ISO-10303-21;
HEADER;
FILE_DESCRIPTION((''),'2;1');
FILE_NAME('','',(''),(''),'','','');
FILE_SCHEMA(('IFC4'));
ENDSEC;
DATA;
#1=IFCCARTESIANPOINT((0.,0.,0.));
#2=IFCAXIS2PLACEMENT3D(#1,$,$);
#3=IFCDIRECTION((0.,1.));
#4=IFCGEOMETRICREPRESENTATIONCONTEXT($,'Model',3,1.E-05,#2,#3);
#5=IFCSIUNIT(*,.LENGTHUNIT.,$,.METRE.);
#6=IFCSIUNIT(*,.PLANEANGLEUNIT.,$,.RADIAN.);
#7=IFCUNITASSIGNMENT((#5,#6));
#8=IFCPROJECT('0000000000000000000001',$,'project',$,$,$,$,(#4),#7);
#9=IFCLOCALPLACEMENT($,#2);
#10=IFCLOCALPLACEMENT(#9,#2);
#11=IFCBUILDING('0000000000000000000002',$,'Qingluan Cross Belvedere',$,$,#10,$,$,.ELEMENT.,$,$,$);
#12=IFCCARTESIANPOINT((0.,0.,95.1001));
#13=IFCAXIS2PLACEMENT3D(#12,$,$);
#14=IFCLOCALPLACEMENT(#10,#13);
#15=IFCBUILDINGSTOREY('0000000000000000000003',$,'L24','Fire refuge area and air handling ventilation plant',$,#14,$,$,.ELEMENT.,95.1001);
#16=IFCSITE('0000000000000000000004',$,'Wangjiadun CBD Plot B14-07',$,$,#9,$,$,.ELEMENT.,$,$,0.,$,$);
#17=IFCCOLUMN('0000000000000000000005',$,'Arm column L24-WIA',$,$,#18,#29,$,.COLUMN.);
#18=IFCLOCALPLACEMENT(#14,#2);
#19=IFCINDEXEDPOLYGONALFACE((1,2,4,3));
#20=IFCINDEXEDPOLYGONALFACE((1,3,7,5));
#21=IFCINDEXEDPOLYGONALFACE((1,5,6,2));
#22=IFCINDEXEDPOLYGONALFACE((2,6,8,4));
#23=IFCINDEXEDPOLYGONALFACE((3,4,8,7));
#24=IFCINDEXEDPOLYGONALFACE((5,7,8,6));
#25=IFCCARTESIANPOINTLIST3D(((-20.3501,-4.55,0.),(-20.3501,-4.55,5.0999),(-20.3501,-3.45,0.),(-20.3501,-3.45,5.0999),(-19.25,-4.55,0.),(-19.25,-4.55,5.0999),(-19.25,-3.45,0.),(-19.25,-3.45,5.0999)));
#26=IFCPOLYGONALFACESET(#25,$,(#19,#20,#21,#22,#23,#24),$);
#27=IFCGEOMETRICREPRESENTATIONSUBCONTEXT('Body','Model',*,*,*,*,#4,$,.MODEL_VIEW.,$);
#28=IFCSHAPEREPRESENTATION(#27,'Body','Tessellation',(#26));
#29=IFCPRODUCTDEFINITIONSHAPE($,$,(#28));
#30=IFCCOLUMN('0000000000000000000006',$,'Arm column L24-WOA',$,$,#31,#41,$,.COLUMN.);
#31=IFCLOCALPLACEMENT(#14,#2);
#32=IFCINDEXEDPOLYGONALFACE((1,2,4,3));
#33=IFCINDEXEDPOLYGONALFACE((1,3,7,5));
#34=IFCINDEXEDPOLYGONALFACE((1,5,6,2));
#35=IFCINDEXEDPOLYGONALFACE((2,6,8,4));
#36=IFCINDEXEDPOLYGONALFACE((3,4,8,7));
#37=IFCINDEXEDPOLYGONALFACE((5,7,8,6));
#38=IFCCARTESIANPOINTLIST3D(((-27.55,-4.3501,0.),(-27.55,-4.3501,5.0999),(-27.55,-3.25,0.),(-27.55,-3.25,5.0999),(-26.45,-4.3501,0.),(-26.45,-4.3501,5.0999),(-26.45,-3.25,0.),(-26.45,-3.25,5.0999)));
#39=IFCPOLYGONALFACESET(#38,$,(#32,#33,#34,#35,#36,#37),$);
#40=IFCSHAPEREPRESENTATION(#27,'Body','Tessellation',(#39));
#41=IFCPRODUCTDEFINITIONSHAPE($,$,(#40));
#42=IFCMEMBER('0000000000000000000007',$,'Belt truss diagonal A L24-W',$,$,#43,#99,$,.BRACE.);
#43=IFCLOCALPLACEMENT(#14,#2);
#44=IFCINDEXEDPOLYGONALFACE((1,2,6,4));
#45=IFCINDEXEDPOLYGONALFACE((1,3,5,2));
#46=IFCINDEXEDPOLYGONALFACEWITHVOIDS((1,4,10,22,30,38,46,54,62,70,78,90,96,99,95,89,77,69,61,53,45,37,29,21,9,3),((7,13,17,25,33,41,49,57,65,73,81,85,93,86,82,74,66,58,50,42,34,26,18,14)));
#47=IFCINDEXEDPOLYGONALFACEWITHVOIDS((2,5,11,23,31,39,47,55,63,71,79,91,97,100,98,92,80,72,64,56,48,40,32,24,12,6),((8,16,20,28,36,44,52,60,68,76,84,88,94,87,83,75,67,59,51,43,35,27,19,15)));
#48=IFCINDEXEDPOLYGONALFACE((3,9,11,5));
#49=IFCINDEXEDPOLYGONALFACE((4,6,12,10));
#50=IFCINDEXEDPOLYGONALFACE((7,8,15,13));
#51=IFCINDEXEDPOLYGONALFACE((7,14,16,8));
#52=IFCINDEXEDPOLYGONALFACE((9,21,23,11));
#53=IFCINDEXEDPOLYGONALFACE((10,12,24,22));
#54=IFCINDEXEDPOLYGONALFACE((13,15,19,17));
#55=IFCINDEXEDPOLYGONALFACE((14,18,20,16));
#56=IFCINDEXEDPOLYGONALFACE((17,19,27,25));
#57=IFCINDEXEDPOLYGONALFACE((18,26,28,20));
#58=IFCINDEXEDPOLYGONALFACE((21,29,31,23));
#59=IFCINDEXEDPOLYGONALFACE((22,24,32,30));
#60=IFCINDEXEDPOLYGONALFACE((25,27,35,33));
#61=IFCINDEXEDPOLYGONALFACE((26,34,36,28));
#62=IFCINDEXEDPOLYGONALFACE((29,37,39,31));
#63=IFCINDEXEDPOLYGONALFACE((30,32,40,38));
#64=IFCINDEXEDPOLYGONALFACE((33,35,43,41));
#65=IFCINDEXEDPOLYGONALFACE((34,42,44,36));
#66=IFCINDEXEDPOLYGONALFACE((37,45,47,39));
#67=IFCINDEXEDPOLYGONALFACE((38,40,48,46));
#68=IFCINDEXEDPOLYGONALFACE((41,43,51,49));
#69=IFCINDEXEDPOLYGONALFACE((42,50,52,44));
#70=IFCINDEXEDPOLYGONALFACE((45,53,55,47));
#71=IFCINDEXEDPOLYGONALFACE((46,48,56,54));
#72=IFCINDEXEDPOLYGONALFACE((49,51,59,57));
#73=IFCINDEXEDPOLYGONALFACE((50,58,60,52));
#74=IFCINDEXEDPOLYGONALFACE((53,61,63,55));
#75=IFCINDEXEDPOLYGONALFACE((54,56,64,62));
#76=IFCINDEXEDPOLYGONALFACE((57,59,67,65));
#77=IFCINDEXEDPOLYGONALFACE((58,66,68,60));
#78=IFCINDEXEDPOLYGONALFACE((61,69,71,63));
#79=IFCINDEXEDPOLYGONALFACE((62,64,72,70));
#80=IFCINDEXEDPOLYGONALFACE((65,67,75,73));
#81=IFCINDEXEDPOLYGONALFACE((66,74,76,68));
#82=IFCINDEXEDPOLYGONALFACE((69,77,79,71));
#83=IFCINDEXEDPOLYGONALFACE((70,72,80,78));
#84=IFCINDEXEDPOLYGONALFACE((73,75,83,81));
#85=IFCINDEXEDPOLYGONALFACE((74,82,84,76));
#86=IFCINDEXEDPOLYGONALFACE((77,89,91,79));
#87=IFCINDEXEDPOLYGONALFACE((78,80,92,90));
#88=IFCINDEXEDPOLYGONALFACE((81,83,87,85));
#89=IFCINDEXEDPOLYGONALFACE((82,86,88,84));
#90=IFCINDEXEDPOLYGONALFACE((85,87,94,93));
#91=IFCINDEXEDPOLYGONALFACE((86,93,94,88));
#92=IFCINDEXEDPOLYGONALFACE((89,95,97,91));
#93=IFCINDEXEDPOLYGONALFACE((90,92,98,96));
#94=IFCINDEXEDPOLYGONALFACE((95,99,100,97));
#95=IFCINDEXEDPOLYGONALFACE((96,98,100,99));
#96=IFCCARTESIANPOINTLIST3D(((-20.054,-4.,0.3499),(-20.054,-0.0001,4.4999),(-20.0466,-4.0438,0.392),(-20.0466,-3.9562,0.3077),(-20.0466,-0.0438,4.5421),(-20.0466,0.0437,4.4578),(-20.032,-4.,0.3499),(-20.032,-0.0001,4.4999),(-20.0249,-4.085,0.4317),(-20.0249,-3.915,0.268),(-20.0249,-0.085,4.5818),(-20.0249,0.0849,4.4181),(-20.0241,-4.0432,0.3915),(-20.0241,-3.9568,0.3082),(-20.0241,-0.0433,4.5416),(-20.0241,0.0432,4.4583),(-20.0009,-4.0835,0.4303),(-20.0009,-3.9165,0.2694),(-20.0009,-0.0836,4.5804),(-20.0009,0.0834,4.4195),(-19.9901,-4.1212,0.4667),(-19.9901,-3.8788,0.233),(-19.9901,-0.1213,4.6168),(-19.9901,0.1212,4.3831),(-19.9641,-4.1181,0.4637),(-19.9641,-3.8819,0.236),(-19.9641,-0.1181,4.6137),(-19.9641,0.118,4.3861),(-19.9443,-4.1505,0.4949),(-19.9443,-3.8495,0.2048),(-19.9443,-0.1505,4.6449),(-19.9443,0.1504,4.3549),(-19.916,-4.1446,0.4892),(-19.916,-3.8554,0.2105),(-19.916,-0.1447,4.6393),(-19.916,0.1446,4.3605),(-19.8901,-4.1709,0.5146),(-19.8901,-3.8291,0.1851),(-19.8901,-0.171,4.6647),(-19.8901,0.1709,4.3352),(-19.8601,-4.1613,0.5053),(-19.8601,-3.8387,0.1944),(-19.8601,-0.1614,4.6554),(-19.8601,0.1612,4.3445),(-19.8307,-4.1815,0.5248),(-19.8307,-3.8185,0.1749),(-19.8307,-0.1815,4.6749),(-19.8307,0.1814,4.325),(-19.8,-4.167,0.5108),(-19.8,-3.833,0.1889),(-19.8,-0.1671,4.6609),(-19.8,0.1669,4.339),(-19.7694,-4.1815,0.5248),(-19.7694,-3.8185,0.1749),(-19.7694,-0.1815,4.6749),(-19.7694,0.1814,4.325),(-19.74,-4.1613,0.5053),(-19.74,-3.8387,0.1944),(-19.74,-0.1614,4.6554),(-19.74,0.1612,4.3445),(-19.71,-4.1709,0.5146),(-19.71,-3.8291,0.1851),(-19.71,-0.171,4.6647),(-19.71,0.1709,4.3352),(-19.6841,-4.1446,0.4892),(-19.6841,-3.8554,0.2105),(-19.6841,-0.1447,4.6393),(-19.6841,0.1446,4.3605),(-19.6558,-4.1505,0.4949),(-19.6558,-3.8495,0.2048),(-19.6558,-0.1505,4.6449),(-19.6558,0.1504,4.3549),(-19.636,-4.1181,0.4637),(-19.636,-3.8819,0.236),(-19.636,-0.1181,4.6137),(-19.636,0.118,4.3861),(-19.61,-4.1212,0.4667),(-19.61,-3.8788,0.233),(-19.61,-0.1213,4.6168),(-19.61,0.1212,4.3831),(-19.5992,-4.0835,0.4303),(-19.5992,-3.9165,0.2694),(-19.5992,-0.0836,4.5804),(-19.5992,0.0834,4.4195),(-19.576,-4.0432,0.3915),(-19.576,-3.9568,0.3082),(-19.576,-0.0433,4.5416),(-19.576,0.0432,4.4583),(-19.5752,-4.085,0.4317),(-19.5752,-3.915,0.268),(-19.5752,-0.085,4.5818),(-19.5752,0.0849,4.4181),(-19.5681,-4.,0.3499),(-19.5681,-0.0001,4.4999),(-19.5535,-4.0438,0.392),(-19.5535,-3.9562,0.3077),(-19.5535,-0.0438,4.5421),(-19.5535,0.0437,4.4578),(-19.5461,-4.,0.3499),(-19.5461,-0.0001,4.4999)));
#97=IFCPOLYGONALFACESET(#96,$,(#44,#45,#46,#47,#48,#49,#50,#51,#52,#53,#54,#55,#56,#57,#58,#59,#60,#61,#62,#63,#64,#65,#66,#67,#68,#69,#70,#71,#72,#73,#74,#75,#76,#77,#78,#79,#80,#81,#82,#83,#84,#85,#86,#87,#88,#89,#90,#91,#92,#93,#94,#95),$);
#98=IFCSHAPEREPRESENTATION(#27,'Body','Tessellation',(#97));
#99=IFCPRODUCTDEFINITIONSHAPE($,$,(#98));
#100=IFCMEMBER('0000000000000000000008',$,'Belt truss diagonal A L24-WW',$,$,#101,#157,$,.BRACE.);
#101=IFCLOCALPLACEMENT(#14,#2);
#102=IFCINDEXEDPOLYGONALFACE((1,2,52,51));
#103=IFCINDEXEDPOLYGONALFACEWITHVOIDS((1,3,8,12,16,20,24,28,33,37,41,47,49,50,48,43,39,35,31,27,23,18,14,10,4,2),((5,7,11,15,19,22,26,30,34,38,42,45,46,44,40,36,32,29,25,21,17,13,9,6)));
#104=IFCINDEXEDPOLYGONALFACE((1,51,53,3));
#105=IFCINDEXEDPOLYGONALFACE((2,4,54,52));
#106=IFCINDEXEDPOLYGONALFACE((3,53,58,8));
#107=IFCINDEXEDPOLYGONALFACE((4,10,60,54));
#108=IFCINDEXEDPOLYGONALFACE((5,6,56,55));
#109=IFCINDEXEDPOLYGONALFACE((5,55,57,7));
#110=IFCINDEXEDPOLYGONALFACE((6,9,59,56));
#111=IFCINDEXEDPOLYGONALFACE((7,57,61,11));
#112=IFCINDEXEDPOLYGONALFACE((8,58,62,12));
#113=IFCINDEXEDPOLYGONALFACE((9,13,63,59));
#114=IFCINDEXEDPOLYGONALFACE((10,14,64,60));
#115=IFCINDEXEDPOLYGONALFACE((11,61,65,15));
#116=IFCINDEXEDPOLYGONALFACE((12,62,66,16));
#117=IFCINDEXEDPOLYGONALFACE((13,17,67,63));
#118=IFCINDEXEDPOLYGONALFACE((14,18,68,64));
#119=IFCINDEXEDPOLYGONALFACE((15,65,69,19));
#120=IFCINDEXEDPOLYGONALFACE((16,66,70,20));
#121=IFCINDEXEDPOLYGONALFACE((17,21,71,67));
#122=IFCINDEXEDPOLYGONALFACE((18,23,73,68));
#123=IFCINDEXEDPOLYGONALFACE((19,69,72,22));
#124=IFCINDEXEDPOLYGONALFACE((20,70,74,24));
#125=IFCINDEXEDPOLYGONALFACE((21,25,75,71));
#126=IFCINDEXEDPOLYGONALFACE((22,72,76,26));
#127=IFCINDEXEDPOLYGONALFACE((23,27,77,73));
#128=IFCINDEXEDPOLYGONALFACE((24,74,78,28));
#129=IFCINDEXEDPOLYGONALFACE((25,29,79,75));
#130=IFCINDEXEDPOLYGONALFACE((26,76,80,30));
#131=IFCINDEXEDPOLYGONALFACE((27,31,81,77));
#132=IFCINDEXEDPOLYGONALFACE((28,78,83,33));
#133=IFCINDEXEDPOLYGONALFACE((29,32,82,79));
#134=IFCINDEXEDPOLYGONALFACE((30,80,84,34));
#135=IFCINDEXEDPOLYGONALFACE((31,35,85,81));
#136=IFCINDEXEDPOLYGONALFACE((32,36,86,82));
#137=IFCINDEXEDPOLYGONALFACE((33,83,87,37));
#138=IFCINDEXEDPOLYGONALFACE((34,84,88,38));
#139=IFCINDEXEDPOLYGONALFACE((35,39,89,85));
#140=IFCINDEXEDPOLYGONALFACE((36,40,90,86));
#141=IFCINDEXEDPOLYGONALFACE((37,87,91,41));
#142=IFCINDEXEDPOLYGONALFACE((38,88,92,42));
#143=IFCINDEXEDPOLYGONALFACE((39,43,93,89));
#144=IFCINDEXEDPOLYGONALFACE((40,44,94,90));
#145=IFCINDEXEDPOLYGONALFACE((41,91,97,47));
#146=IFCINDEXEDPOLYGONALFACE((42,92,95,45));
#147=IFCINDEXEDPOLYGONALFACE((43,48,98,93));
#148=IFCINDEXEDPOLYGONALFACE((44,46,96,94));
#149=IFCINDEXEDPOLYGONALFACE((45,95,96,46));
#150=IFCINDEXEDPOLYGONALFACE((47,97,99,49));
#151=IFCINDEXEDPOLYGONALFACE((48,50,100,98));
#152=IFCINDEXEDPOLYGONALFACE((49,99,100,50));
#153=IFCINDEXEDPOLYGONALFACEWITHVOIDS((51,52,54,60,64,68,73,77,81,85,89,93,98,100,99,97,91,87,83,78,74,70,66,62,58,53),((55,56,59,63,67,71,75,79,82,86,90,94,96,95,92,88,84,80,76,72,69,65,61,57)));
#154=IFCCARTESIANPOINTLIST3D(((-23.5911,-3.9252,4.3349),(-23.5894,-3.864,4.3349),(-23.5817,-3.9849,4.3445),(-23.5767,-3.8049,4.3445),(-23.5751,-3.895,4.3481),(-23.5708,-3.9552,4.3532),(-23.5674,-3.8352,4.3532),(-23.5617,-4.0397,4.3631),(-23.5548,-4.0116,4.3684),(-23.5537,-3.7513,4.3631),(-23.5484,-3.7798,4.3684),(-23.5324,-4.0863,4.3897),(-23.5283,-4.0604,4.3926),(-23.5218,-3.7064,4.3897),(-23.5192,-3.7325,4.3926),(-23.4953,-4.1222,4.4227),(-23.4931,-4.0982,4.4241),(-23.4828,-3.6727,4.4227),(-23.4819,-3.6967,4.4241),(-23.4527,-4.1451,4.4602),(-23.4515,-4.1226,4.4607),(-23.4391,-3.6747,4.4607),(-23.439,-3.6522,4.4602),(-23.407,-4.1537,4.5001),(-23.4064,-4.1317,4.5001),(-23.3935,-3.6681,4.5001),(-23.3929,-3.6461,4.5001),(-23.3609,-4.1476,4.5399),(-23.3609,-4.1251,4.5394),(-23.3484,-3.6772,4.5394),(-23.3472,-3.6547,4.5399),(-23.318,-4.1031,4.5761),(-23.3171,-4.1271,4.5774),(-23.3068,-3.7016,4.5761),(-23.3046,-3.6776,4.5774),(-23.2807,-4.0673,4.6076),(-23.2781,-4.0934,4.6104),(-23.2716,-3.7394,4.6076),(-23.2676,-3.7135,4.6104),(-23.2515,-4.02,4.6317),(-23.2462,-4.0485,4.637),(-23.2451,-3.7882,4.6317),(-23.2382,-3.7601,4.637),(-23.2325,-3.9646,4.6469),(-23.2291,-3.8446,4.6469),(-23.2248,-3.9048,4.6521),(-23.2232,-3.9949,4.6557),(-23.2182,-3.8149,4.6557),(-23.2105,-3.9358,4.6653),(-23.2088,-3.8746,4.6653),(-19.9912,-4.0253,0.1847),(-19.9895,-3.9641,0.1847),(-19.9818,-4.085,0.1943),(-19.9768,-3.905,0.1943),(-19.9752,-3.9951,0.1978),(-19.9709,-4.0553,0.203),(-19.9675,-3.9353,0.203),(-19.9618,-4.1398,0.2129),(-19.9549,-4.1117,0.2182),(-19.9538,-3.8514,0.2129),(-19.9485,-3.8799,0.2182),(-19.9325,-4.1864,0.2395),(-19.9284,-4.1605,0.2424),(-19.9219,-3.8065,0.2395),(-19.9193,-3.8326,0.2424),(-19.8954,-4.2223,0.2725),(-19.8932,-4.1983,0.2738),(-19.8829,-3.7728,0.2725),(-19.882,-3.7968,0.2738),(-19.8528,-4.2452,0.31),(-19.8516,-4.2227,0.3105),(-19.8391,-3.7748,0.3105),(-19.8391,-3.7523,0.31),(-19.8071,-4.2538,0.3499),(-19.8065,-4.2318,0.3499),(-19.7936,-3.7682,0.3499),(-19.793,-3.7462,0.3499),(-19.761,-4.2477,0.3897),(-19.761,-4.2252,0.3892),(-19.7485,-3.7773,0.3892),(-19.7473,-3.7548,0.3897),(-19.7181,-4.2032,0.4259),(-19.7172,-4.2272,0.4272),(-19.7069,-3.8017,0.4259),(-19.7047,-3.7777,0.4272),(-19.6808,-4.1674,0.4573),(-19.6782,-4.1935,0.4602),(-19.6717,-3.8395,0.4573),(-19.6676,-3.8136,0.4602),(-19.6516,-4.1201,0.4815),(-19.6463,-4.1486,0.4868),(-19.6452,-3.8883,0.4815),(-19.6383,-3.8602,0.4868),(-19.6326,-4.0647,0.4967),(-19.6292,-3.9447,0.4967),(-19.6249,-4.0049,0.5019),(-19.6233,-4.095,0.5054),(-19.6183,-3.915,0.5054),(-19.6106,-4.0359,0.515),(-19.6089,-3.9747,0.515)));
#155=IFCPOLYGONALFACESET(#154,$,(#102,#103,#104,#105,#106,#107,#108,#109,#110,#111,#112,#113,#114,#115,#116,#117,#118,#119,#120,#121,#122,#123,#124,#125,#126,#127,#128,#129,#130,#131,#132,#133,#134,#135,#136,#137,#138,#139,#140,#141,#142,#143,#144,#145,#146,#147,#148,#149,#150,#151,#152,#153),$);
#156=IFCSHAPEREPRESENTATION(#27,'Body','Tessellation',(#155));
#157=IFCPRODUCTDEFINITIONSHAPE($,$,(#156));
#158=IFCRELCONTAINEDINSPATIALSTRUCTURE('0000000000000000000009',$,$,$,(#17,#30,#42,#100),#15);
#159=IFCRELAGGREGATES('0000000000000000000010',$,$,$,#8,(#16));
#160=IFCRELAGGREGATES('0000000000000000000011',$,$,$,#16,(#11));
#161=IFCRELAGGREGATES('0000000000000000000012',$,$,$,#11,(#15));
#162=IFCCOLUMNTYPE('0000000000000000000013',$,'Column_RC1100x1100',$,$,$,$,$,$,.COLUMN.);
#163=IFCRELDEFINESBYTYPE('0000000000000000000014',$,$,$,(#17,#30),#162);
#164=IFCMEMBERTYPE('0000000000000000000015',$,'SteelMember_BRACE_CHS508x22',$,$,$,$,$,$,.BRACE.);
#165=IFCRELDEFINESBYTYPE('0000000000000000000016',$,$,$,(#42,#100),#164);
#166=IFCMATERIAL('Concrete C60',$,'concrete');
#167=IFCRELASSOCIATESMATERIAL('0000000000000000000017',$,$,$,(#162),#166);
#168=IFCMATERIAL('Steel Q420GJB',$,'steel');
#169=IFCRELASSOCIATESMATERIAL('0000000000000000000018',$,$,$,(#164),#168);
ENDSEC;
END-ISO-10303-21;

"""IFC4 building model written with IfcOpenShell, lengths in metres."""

from ifc_helpers import new_model, si_unit, direction, frame, origin, origin_2d, place, context, subcontext, project, spatial, rectangle, hollow_circle, extrude, material, material_profile, profile_set, type_object, element, save


model = new_model("IFC4")

# Units and contexts
model_context = context("Model", 3, precision=1e-05, world=origin(), true_north=direction((0.0, 1.0)))
body_context = subcontext(model_context, "Body", "Model", "MODEL_VIEW")
ifc_project = project(units=[si_unit("LENGTHUNIT", "METRE"), si_unit("PLANEANGLEUNIT", "RADIAN")], contexts=[model_context])

# Site, building, storey
site_placement = place(None, origin())
site = spatial("IfcSite", under=ifc_project, at=site_placement, Name="Wangjiadun CBD Plot B14-07", CompositionType="ELEMENT", RefElevation=0.0)
building_placement = place(site_placement, origin())
building = spatial("IfcBuilding", under=site, at=building_placement, Name="Qingluan Cross Belvedere", CompositionType="ELEMENT")
storey_placement = place(building_placement, frame((0.0, 0.0, 95.1001)))
storey = spatial("IfcBuildingStorey", under=building, at=storey_placement, Name="L24", Description="Fire refuge area and air handling ventilation plant", CompositionType="ELEMENT", Elevation=95.1001)

# Columns
ifc_material_1 = material(Name="Concrete C60", Category="concrete")
ifc_material_profile_1 = material_profile(ifc_material_1, rectangle(XDim=1.1001, YDim=1.1001, at=origin_2d()), Name="RC1100x1100")
ifc_profile_set_1 = profile_set([ifc_material_profile_1], Name="Concrete C60")
column_type = type_object("IfcColumnType", Name="Column_RC1100x1100", PredefinedType="COLUMN", material=ifc_profile_set_1)
for number, where, z_axis, x_axis, name in (
    (1, (-19.8, -4.0, 0.0), (0.0, 0.0, 1.0), (1.0, 0.0, 0.0), "Arm column L24-WIA"),
    (2, (-27.0, -3.8, 0.0), (0.0, 0.0, 1.0), (1.0, 0.0, 0.0), "Arm column L24-WOA"),
):
    element("IfcColumn", number, at=place(storey_placement, frame(where, z_axis=z_axis, x_axis=x_axis)), inside=storey, type_object=column_type, Name=name, PredefinedType="COLUMN", context=body_context, shape_type="SweptSolid", body=[
        extrude(rectangle(XDim=1.1001, YDim=1.1001, at=origin_2d()), origin(), (0.0, 0.0, 1.0), 5.0999),
    ])

# Members
ifc_material_2 = material(Name="Steel Q420GJB", Category="steel")
ifc_material_profile_2 = material_profile(ifc_material_2, hollow_circle(Radius=0.2539, WallThickness=0.022, at=origin_2d()), Name="CHS508x22")
ifc_profile_set_2 = profile_set([ifc_material_profile_2], Name="Steel Q420GJB")
member_type_1 = type_object("IfcMemberType", Name="SteelMember_BRACE_CHS508x22", PredefinedType="BRACE", material=ifc_profile_set_2)
member_1_placement = place(storey_placement, frame((-19.8, -4.0, 0.3499), z_axis=(0.0, 0.693962, 0.720011), x_axis=(-1.0, 0.0, 0.0)))
element("IfcMember", 3, at=member_1_placement, inside=storey, type_object=member_type_1, Name="Belt truss diagonal A L24-W", PredefinedType="BRACE", context=body_context, shape_type="SweptSolid", body=[
    extrude(hollow_circle(Radius=0.2539, WallThickness=0.022, at=origin_2d()), origin(), (0.0, 0.0, 1.0), 5.7639),
])
for number, where, z_axis, x_axis, name in (
    (4, (-19.8, -4.0, 0.3499), (-0.65514, 0.018217, 0.755288), (-0.027795, -0.999614, 0.0), "Belt truss diagonal A L24-WW"),
):
    element("IfcMember", number, at=place(storey_placement, frame(where, z_axis=z_axis, x_axis=x_axis)), inside=storey, type_object=member_type_1, Name=name, PredefinedType="BRACE", context=body_context, shape_type="SweptSolid", body=[
        extrude(hollow_circle(Radius=0.2539, WallThickness=0.022, at=origin_2d()), origin(), (0.0, 0.0, 1.0), 5.4949),
    ])

save(model, "model.ifc")
